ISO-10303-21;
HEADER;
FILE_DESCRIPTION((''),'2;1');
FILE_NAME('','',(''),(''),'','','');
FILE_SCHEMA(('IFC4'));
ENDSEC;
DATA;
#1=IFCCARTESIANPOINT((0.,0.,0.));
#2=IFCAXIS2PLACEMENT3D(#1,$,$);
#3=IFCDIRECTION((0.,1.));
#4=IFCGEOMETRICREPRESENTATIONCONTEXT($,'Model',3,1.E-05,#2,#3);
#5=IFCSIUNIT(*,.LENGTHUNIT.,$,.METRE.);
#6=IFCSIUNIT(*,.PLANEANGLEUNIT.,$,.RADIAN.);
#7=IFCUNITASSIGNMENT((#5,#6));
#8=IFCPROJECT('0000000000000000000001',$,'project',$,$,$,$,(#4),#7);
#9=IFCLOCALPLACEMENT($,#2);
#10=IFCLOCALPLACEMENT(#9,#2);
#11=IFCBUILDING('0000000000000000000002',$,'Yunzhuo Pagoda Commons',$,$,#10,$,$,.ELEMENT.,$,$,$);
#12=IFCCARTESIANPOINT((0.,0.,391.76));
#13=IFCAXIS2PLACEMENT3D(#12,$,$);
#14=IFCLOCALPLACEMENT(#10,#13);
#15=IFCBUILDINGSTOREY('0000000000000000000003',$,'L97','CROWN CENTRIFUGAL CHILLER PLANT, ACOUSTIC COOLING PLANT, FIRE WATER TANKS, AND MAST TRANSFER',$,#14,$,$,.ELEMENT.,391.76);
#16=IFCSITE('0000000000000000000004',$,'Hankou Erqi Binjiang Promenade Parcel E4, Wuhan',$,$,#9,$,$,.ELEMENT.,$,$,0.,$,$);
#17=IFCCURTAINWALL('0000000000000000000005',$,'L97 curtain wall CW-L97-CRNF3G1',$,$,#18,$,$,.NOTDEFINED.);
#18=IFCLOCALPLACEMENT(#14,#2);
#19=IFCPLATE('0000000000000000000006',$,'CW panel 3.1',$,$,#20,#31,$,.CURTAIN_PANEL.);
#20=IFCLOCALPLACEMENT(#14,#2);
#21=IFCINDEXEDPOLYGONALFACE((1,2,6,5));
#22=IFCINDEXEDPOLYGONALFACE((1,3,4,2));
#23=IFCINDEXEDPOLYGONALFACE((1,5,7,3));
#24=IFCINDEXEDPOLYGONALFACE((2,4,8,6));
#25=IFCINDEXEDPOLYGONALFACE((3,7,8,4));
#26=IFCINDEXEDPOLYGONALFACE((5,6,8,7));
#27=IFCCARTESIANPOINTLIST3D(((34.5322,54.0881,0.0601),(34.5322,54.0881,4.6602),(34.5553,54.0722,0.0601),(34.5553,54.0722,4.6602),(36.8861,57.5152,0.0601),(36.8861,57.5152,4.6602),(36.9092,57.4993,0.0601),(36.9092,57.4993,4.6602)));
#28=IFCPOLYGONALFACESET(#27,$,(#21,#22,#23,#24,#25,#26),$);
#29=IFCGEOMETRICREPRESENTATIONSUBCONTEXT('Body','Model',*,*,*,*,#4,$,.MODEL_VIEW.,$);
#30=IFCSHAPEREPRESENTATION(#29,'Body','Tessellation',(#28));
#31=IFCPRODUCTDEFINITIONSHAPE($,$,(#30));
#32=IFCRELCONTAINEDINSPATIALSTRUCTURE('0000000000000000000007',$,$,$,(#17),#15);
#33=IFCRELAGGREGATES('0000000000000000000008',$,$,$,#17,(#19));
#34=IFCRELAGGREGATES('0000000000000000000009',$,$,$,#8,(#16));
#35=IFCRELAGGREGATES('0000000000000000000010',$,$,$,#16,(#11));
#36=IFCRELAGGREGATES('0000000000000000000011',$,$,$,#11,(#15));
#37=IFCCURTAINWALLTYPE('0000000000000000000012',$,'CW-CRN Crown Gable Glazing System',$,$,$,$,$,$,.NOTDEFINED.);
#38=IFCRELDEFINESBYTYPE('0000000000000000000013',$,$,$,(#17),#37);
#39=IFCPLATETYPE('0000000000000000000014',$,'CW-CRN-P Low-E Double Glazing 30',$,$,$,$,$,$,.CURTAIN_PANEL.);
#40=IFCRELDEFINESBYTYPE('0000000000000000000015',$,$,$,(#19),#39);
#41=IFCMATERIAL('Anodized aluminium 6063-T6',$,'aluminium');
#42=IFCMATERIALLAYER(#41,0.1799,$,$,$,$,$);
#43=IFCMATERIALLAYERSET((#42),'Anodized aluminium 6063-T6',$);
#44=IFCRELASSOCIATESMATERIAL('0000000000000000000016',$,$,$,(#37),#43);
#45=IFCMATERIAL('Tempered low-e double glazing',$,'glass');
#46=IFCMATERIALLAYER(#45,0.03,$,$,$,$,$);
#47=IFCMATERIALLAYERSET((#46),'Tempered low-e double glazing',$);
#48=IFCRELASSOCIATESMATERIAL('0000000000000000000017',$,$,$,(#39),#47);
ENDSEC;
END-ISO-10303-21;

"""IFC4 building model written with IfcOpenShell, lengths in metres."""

from ifc_helpers import new_model, si_unit, direction, frame, origin, origin_2d, place, context, subcontext, project, spatial, rectangle, extrude, source, transform, mapped, material, layer, layer_set, type_object, element, aggregate, save


model = new_model("IFC4")

# Units and contexts
model_context = context("Model", 3, precision=1e-05, world=origin(), true_north=direction((0.0, 1.0)))
body_context = subcontext(model_context, "Body", "Model", "MODEL_VIEW")
ifc_project = project(units=[si_unit("LENGTHUNIT", "METRE"), si_unit("PLANEANGLEUNIT", "RADIAN")], contexts=[model_context])

# Site, building, storey
site_placement = place(None, origin())
site = spatial("IfcSite", under=ifc_project, at=site_placement, Name="Hankou Erqi Binjiang Promenade Parcel E4, Wuhan", CompositionType="ELEMENT", RefElevation=0.0)
building_placement = place(site_placement, origin())
building = spatial("IfcBuilding", under=site, at=building_placement, Name="Yunzhuo Pagoda Commons", CompositionType="ELEMENT")
storey_placement = place(building_placement, frame((0.0, 0.0, 391.76)))
storey = spatial("IfcBuildingStorey", under=building, at=storey_placement, Name="L97", Description="CROWN CENTRIFUGAL CHILLER PLANT, ACOUSTIC COOLING PLANT, FIRE WATER TANKS, AND MAST TRANSFER", CompositionType="ELEMENT", Elevation=391.76)

# Curtain wall
ifc_material_1 = material(Name="Anodized aluminium 6063-T6", Category="aluminium")
ifc_layer_1 = layer(ifc_material_1, 0.1799)
ifc_layer_set_1 = layer_set([ifc_layer_1], Name="Anodized aluminium 6063-T6")
curtain_wall_type = type_object("IfcCurtainWallType", Name="CW-CRN Crown Gable Glazing System", PredefinedType="NOTDEFINED", material=ifc_layer_set_1)
curtain_wall_1_placement = place(storey_placement, origin())
curtain_wall_1 = element("IfcCurtainWall", 1, at=curtain_wall_1_placement, inside=storey, type_object=curtain_wall_type, Name="L97 curtain wall CW-L97-CRNF3G1", PredefinedType="NOTDEFINED")

# Plate
ifc_material_2 = material(Name="Tempered low-e double glazing", Category="glass")
ifc_layer_2 = layer(ifc_material_2, 0.03)
ifc_layer_set_2 = layer_set([ifc_layer_2], Name="Tempered low-e double glazing")
plate_type = type_object("IfcPlateType", Name="CW-CRN-P Low-E Double Glazing 30", PredefinedType="CURTAIN_PANEL", material=ifc_layer_set_2)
shared_shape_1 = source(origin(), body_context, "Body", "SweptSolid", [
    extrude(rectangle(XDim=4.1577, YDim=0.0281, at=origin_2d()), origin(), (0.0, 0.0, 1.0), 4.6001),
])
plate_1_placement = place(storey_placement, frame((35.7207, 55.7937, 0.0601), z_axis=(0.0, 0.0, 1.0), x_axis=(-0.566159, -0.824296, 0.0)))
plate_1 = element("IfcPlate", 2, at=plate_1_placement, type_object=plate_type, Name="CW panel 3.1", PredefinedType="CURTAIN_PANEL", context=body_context, shape_type="MappedRepresentation", body=[
    mapped(shared_shape_1, transform((0.0, 0.0, 0.0), scale=1.0)),
])
aggregate(curtain_wall_1, [plate_1])

save(model, "model.ifc")
